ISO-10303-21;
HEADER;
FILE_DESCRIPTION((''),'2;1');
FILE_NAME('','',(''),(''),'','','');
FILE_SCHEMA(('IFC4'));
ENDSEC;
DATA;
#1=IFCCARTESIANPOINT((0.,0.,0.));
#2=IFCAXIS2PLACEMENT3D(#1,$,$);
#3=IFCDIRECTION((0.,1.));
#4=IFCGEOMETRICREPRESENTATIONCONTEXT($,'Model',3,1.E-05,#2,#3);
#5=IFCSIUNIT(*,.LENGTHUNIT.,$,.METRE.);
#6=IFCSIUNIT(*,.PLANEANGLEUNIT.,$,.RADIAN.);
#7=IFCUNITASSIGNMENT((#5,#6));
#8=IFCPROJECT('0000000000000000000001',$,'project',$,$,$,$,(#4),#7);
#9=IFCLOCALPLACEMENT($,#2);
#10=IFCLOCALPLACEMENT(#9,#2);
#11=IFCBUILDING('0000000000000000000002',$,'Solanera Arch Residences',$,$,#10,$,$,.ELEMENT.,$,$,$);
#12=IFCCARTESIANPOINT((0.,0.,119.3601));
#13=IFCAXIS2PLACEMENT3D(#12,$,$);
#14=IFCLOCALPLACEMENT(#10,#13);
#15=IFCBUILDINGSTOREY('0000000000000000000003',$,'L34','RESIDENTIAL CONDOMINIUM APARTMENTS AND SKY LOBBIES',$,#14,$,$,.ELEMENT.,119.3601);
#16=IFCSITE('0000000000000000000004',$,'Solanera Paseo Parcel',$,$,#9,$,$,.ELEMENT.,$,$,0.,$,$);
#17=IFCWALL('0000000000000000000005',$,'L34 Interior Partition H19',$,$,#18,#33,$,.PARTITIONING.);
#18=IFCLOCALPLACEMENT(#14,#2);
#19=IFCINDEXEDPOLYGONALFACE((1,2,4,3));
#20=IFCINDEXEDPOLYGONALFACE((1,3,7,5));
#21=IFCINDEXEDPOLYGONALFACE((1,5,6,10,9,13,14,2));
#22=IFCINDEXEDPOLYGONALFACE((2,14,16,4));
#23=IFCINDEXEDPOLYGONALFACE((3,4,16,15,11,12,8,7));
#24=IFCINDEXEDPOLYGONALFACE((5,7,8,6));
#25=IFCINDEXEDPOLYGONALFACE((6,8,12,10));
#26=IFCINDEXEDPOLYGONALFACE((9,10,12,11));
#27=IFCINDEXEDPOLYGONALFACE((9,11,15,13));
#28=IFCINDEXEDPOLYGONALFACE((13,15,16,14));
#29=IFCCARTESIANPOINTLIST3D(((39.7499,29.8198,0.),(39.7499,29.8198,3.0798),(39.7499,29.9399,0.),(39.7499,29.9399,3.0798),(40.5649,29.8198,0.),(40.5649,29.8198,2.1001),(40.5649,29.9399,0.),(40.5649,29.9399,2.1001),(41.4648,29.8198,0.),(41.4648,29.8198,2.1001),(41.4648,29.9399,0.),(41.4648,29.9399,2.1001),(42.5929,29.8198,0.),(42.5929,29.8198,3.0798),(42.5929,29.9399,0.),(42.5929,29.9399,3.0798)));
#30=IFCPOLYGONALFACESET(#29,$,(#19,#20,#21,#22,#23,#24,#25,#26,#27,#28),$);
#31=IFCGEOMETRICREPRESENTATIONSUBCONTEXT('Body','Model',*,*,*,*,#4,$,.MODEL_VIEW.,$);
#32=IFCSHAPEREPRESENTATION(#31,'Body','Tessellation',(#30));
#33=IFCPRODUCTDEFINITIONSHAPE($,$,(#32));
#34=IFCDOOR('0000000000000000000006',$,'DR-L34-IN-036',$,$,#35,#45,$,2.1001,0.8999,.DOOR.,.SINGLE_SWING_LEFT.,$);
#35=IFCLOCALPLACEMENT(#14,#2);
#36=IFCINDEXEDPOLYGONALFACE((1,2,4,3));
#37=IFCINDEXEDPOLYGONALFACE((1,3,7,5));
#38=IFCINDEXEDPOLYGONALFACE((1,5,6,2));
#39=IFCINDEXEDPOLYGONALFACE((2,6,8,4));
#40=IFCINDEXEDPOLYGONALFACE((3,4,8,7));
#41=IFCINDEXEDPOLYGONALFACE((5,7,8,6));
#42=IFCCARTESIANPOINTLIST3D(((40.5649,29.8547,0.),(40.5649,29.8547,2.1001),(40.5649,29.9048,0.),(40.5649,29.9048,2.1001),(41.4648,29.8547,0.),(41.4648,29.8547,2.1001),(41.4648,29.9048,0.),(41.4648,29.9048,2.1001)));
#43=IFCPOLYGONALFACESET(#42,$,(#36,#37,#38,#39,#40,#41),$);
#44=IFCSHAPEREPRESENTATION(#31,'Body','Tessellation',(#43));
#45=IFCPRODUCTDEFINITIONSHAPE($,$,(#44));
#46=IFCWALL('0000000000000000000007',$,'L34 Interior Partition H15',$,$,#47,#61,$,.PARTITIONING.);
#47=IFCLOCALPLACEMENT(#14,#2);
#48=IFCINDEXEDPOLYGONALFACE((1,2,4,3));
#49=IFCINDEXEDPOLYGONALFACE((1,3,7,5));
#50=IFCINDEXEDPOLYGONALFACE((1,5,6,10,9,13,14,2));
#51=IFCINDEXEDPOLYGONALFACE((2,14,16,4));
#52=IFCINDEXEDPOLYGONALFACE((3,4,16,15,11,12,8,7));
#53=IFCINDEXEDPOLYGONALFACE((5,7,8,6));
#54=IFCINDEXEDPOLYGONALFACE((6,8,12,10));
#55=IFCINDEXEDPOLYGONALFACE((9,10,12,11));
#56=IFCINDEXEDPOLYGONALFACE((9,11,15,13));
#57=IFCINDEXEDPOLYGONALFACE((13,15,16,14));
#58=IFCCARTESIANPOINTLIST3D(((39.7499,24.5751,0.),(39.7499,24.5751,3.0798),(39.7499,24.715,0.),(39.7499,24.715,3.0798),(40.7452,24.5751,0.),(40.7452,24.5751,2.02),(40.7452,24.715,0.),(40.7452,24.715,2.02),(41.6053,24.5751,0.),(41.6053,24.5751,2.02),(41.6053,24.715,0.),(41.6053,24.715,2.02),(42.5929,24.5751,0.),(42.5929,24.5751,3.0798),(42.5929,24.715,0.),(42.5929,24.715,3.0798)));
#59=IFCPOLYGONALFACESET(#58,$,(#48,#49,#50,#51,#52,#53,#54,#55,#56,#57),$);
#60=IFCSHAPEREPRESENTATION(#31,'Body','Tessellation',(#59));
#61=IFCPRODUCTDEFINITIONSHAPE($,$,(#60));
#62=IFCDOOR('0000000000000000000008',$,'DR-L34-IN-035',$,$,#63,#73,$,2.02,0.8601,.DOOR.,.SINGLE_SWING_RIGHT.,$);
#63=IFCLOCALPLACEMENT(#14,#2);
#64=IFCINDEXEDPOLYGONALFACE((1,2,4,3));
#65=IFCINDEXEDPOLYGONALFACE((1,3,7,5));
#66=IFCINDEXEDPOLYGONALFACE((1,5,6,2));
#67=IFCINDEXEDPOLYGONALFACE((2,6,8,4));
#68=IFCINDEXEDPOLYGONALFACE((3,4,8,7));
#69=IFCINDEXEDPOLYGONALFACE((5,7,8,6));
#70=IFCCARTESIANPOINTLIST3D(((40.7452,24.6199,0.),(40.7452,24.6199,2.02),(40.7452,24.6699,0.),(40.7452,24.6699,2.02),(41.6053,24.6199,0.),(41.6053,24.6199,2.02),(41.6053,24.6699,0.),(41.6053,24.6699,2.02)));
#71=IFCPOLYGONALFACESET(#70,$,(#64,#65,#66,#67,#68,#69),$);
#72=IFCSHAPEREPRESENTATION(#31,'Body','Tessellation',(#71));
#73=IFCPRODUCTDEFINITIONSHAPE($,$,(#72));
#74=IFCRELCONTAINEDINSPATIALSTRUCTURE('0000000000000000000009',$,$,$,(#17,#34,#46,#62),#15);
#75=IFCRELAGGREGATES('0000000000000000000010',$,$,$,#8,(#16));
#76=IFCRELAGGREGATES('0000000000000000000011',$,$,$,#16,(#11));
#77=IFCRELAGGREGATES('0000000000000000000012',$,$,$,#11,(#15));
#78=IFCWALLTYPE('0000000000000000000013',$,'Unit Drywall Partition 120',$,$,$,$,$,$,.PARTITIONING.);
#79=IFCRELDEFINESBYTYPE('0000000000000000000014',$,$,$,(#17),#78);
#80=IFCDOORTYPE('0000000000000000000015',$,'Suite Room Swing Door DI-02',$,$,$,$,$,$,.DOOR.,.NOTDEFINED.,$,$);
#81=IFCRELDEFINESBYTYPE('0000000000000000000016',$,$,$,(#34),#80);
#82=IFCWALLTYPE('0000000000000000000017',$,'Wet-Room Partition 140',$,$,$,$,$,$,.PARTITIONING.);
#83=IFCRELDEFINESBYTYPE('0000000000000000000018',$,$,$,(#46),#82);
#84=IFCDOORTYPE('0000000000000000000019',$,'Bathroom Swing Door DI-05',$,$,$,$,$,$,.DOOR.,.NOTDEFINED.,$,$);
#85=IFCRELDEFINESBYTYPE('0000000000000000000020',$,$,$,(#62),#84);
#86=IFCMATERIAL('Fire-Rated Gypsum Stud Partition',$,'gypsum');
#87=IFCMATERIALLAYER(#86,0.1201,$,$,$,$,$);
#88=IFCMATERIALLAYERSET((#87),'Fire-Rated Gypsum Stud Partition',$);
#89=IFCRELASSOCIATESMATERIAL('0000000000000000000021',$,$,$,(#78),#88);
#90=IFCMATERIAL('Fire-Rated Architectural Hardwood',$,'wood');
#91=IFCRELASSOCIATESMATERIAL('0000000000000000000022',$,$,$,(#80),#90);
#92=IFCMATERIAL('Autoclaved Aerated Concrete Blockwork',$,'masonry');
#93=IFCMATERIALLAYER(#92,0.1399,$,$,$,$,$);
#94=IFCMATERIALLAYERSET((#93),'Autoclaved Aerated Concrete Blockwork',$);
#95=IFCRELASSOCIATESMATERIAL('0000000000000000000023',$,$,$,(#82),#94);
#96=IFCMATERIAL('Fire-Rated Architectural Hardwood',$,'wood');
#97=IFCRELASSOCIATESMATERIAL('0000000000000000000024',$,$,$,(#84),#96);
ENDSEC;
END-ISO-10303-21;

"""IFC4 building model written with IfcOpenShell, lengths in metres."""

from ifc_helpers import new_model, si_unit, direction, frame, frame_2d, origin, place, context, subcontext, project, spatial, rectangle, extrude, material, layer, layer_set, type_object, element, fill, save


model = new_model("IFC4")

# Units and contexts
model_context = context("Model", 3, precision=1e-05, world=origin(), true_north=direction((0.0, 1.0)))
body_context = subcontext(model_context, "Body", "Model", "MODEL_VIEW")
ifc_project = project(units=[si_unit("LENGTHUNIT", "METRE"), si_unit("PLANEANGLEUNIT", "RADIAN")], contexts=[model_context])

# Site, building, storey
site_placement = place(None, origin())
site = spatial("IfcSite", under=ifc_project, at=site_placement, Name="Solanera Paseo Parcel", CompositionType="ELEMENT", RefElevation=0.0)
building_placement = place(site_placement, origin())
building = spatial("IfcBuilding", under=site, at=building_placement, Name="Solanera Arch Residences", CompositionType="ELEMENT")
storey_placement = place(building_placement, frame((0.0, 0.0, 119.3601)))
storey = spatial("IfcBuildingStorey", under=building, at=storey_placement, Name="L34", Description="RESIDENTIAL CONDOMINIUM APARTMENTS AND SKY LOBBIES", CompositionType="ELEMENT", Elevation=119.3601)

# Walls, openings, doors
ifc_material_1 = material(Name="Fire-Rated Gypsum Stud Partition", Category="gypsum")
ifc_layer_1 = layer(ifc_material_1, 0.1201)
ifc_layer_set_1 = layer_set([ifc_layer_1], Name="Fire-Rated Gypsum Stud Partition")
wall_type_1 = type_object("IfcWallType", Name="Unit Drywall Partition 120", PredefinedType="PARTITIONING", material=ifc_layer_set_1)
wall_1_placement = place(storey_placement, frame((39.75, 29.8799, 0.0), z_axis=(0.0, 0.0, 1.0), x_axis=(1.0, 0.0, 0.0)))
wall_1 = element("IfcWall", 1, at=wall_1_placement, inside=storey, type_object=wall_type_1, Name="L34 Interior Partition H19", PredefinedType="PARTITIONING", context=body_context, shape_type="SweptSolid", body=[
    extrude(rectangle(XDim=2.843, YDim=0.1201, at=frame_2d((1.4214, 0.0))), origin(), (0.0, 0.0, 1.0), 3.0798),
])
opening_1_placement = place(wall_1_placement, frame((0.8149, 0.0, 0.0)))
opening_1 = element("IfcOpeningElement", 2, at=opening_1_placement, cuts=wall_1, PredefinedType="OPENING", context=body_context, shape_type="SweptSolid", body=[
    extrude(rectangle(XDim=0.8999, YDim=2.1001, at=frame_2d((0.45, 1.05))), frame((0.0, 0.0701, 0.0), z_axis=(0.0, -1.0, 0.0), x_axis=(1.0, 0.0, 0.0)), (0.0, 0.0, 1.0), 0.1401),
])
ifc_material_2 = material(Name="Fire-Rated Architectural Hardwood", Category="wood")
door_type_1 = type_object("IfcDoorType", Name="Suite Room Swing Door DI-02", OperationType="NOTDEFINED", PredefinedType="DOOR", material=ifc_material_2)
door_1_placement = place(opening_1_placement, origin())
door_1 = element("IfcDoor", 3, at=door_1_placement, inside=storey, type_object=door_type_1, Name="DR-L34-IN-036", OperationType="SINGLE_SWING_LEFT", OverallHeight=2.1001, OverallWidth=0.8999, PredefinedType="DOOR", context=body_context, shape_type="SweptSolid", body=[
    extrude(rectangle(XDim=0.8999, YDim=2.1001, at=frame_2d((0.45, 1.05))), frame((0.0, 0.0249, 0.0), z_axis=(0.0, -1.0, 0.0), x_axis=(1.0, 0.0, 0.0)), (0.0, 0.0, 1.0), 0.05),
])
fill(opening_1, door_1)
ifc_material_3 = material(Name="Autoclaved Aerated Concrete Blockwork", Category="masonry")
ifc_layer_2 = layer(ifc_material_3, 0.1399)
ifc_layer_set_2 = layer_set([ifc_layer_2], Name="Autoclaved Aerated Concrete Blockwork")
wall_type_2 = type_object("IfcWallType", Name="Wet-Room Partition 140", PredefinedType="PARTITIONING", material=ifc_layer_set_2)
wall_2_placement = place(storey_placement, frame((39.75, 24.645, 0.0), z_axis=(0.0, 0.0, 1.0), x_axis=(1.0, 0.0, 0.0)))
wall_2 = element("IfcWall", 4, at=wall_2_placement, inside=storey, type_object=wall_type_2, Name="L34 Interior Partition H15", PredefinedType="PARTITIONING", context=body_context, shape_type="SweptSolid", body=[
    extrude(rectangle(XDim=2.843, YDim=0.1399, at=frame_2d((1.4214, 0.0))), origin(), (0.0, 0.0, 1.0), 3.0798),
])
opening_2_placement = place(wall_2_placement, frame((0.9951, 0.0, 0.0)))
opening_2 = element("IfcOpeningElement", 5, at=opening_2_placement, cuts=wall_2, PredefinedType="OPENING", context=body_context, shape_type="SweptSolid", body=[
    extrude(rectangle(XDim=0.8601, YDim=2.02, at=frame_2d((0.4302, 1.01))), frame((0.0, 0.0798, 0.0), z_axis=(0.0, -1.0, 0.0), x_axis=(1.0, 0.0, 0.0)), (0.0, 0.0, 1.0), 0.1599),
])
ifc_material_4 = material(Name="Fire-Rated Architectural Hardwood", Category="wood")
door_type_2 = type_object("IfcDoorType", Name="Bathroom Swing Door DI-05", OperationType="NOTDEFINED", PredefinedType="DOOR", material=ifc_material_4)
door_2_placement = place(opening_2_placement, origin())
door_2 = element("IfcDoor", 6, at=door_2_placement, inside=storey, type_object=door_type_2, Name="DR-L34-IN-035", OperationType="SINGLE_SWING_RIGHT", OverallHeight=2.02, OverallWidth=0.8601, PredefinedType="DOOR", context=body_context, shape_type="SweptSolid", body=[
    extrude(rectangle(XDim=0.8601, YDim=2.02, at=frame_2d((0.4302, 1.01))), frame((0.0, 0.0249, 0.0), z_axis=(0.0, -1.0, 0.0), x_axis=(1.0, 0.0, 0.0)), (0.0, 0.0, 1.0), 0.05),
])
fill(opening_2, door_2)

save(model, "model.ifc")
